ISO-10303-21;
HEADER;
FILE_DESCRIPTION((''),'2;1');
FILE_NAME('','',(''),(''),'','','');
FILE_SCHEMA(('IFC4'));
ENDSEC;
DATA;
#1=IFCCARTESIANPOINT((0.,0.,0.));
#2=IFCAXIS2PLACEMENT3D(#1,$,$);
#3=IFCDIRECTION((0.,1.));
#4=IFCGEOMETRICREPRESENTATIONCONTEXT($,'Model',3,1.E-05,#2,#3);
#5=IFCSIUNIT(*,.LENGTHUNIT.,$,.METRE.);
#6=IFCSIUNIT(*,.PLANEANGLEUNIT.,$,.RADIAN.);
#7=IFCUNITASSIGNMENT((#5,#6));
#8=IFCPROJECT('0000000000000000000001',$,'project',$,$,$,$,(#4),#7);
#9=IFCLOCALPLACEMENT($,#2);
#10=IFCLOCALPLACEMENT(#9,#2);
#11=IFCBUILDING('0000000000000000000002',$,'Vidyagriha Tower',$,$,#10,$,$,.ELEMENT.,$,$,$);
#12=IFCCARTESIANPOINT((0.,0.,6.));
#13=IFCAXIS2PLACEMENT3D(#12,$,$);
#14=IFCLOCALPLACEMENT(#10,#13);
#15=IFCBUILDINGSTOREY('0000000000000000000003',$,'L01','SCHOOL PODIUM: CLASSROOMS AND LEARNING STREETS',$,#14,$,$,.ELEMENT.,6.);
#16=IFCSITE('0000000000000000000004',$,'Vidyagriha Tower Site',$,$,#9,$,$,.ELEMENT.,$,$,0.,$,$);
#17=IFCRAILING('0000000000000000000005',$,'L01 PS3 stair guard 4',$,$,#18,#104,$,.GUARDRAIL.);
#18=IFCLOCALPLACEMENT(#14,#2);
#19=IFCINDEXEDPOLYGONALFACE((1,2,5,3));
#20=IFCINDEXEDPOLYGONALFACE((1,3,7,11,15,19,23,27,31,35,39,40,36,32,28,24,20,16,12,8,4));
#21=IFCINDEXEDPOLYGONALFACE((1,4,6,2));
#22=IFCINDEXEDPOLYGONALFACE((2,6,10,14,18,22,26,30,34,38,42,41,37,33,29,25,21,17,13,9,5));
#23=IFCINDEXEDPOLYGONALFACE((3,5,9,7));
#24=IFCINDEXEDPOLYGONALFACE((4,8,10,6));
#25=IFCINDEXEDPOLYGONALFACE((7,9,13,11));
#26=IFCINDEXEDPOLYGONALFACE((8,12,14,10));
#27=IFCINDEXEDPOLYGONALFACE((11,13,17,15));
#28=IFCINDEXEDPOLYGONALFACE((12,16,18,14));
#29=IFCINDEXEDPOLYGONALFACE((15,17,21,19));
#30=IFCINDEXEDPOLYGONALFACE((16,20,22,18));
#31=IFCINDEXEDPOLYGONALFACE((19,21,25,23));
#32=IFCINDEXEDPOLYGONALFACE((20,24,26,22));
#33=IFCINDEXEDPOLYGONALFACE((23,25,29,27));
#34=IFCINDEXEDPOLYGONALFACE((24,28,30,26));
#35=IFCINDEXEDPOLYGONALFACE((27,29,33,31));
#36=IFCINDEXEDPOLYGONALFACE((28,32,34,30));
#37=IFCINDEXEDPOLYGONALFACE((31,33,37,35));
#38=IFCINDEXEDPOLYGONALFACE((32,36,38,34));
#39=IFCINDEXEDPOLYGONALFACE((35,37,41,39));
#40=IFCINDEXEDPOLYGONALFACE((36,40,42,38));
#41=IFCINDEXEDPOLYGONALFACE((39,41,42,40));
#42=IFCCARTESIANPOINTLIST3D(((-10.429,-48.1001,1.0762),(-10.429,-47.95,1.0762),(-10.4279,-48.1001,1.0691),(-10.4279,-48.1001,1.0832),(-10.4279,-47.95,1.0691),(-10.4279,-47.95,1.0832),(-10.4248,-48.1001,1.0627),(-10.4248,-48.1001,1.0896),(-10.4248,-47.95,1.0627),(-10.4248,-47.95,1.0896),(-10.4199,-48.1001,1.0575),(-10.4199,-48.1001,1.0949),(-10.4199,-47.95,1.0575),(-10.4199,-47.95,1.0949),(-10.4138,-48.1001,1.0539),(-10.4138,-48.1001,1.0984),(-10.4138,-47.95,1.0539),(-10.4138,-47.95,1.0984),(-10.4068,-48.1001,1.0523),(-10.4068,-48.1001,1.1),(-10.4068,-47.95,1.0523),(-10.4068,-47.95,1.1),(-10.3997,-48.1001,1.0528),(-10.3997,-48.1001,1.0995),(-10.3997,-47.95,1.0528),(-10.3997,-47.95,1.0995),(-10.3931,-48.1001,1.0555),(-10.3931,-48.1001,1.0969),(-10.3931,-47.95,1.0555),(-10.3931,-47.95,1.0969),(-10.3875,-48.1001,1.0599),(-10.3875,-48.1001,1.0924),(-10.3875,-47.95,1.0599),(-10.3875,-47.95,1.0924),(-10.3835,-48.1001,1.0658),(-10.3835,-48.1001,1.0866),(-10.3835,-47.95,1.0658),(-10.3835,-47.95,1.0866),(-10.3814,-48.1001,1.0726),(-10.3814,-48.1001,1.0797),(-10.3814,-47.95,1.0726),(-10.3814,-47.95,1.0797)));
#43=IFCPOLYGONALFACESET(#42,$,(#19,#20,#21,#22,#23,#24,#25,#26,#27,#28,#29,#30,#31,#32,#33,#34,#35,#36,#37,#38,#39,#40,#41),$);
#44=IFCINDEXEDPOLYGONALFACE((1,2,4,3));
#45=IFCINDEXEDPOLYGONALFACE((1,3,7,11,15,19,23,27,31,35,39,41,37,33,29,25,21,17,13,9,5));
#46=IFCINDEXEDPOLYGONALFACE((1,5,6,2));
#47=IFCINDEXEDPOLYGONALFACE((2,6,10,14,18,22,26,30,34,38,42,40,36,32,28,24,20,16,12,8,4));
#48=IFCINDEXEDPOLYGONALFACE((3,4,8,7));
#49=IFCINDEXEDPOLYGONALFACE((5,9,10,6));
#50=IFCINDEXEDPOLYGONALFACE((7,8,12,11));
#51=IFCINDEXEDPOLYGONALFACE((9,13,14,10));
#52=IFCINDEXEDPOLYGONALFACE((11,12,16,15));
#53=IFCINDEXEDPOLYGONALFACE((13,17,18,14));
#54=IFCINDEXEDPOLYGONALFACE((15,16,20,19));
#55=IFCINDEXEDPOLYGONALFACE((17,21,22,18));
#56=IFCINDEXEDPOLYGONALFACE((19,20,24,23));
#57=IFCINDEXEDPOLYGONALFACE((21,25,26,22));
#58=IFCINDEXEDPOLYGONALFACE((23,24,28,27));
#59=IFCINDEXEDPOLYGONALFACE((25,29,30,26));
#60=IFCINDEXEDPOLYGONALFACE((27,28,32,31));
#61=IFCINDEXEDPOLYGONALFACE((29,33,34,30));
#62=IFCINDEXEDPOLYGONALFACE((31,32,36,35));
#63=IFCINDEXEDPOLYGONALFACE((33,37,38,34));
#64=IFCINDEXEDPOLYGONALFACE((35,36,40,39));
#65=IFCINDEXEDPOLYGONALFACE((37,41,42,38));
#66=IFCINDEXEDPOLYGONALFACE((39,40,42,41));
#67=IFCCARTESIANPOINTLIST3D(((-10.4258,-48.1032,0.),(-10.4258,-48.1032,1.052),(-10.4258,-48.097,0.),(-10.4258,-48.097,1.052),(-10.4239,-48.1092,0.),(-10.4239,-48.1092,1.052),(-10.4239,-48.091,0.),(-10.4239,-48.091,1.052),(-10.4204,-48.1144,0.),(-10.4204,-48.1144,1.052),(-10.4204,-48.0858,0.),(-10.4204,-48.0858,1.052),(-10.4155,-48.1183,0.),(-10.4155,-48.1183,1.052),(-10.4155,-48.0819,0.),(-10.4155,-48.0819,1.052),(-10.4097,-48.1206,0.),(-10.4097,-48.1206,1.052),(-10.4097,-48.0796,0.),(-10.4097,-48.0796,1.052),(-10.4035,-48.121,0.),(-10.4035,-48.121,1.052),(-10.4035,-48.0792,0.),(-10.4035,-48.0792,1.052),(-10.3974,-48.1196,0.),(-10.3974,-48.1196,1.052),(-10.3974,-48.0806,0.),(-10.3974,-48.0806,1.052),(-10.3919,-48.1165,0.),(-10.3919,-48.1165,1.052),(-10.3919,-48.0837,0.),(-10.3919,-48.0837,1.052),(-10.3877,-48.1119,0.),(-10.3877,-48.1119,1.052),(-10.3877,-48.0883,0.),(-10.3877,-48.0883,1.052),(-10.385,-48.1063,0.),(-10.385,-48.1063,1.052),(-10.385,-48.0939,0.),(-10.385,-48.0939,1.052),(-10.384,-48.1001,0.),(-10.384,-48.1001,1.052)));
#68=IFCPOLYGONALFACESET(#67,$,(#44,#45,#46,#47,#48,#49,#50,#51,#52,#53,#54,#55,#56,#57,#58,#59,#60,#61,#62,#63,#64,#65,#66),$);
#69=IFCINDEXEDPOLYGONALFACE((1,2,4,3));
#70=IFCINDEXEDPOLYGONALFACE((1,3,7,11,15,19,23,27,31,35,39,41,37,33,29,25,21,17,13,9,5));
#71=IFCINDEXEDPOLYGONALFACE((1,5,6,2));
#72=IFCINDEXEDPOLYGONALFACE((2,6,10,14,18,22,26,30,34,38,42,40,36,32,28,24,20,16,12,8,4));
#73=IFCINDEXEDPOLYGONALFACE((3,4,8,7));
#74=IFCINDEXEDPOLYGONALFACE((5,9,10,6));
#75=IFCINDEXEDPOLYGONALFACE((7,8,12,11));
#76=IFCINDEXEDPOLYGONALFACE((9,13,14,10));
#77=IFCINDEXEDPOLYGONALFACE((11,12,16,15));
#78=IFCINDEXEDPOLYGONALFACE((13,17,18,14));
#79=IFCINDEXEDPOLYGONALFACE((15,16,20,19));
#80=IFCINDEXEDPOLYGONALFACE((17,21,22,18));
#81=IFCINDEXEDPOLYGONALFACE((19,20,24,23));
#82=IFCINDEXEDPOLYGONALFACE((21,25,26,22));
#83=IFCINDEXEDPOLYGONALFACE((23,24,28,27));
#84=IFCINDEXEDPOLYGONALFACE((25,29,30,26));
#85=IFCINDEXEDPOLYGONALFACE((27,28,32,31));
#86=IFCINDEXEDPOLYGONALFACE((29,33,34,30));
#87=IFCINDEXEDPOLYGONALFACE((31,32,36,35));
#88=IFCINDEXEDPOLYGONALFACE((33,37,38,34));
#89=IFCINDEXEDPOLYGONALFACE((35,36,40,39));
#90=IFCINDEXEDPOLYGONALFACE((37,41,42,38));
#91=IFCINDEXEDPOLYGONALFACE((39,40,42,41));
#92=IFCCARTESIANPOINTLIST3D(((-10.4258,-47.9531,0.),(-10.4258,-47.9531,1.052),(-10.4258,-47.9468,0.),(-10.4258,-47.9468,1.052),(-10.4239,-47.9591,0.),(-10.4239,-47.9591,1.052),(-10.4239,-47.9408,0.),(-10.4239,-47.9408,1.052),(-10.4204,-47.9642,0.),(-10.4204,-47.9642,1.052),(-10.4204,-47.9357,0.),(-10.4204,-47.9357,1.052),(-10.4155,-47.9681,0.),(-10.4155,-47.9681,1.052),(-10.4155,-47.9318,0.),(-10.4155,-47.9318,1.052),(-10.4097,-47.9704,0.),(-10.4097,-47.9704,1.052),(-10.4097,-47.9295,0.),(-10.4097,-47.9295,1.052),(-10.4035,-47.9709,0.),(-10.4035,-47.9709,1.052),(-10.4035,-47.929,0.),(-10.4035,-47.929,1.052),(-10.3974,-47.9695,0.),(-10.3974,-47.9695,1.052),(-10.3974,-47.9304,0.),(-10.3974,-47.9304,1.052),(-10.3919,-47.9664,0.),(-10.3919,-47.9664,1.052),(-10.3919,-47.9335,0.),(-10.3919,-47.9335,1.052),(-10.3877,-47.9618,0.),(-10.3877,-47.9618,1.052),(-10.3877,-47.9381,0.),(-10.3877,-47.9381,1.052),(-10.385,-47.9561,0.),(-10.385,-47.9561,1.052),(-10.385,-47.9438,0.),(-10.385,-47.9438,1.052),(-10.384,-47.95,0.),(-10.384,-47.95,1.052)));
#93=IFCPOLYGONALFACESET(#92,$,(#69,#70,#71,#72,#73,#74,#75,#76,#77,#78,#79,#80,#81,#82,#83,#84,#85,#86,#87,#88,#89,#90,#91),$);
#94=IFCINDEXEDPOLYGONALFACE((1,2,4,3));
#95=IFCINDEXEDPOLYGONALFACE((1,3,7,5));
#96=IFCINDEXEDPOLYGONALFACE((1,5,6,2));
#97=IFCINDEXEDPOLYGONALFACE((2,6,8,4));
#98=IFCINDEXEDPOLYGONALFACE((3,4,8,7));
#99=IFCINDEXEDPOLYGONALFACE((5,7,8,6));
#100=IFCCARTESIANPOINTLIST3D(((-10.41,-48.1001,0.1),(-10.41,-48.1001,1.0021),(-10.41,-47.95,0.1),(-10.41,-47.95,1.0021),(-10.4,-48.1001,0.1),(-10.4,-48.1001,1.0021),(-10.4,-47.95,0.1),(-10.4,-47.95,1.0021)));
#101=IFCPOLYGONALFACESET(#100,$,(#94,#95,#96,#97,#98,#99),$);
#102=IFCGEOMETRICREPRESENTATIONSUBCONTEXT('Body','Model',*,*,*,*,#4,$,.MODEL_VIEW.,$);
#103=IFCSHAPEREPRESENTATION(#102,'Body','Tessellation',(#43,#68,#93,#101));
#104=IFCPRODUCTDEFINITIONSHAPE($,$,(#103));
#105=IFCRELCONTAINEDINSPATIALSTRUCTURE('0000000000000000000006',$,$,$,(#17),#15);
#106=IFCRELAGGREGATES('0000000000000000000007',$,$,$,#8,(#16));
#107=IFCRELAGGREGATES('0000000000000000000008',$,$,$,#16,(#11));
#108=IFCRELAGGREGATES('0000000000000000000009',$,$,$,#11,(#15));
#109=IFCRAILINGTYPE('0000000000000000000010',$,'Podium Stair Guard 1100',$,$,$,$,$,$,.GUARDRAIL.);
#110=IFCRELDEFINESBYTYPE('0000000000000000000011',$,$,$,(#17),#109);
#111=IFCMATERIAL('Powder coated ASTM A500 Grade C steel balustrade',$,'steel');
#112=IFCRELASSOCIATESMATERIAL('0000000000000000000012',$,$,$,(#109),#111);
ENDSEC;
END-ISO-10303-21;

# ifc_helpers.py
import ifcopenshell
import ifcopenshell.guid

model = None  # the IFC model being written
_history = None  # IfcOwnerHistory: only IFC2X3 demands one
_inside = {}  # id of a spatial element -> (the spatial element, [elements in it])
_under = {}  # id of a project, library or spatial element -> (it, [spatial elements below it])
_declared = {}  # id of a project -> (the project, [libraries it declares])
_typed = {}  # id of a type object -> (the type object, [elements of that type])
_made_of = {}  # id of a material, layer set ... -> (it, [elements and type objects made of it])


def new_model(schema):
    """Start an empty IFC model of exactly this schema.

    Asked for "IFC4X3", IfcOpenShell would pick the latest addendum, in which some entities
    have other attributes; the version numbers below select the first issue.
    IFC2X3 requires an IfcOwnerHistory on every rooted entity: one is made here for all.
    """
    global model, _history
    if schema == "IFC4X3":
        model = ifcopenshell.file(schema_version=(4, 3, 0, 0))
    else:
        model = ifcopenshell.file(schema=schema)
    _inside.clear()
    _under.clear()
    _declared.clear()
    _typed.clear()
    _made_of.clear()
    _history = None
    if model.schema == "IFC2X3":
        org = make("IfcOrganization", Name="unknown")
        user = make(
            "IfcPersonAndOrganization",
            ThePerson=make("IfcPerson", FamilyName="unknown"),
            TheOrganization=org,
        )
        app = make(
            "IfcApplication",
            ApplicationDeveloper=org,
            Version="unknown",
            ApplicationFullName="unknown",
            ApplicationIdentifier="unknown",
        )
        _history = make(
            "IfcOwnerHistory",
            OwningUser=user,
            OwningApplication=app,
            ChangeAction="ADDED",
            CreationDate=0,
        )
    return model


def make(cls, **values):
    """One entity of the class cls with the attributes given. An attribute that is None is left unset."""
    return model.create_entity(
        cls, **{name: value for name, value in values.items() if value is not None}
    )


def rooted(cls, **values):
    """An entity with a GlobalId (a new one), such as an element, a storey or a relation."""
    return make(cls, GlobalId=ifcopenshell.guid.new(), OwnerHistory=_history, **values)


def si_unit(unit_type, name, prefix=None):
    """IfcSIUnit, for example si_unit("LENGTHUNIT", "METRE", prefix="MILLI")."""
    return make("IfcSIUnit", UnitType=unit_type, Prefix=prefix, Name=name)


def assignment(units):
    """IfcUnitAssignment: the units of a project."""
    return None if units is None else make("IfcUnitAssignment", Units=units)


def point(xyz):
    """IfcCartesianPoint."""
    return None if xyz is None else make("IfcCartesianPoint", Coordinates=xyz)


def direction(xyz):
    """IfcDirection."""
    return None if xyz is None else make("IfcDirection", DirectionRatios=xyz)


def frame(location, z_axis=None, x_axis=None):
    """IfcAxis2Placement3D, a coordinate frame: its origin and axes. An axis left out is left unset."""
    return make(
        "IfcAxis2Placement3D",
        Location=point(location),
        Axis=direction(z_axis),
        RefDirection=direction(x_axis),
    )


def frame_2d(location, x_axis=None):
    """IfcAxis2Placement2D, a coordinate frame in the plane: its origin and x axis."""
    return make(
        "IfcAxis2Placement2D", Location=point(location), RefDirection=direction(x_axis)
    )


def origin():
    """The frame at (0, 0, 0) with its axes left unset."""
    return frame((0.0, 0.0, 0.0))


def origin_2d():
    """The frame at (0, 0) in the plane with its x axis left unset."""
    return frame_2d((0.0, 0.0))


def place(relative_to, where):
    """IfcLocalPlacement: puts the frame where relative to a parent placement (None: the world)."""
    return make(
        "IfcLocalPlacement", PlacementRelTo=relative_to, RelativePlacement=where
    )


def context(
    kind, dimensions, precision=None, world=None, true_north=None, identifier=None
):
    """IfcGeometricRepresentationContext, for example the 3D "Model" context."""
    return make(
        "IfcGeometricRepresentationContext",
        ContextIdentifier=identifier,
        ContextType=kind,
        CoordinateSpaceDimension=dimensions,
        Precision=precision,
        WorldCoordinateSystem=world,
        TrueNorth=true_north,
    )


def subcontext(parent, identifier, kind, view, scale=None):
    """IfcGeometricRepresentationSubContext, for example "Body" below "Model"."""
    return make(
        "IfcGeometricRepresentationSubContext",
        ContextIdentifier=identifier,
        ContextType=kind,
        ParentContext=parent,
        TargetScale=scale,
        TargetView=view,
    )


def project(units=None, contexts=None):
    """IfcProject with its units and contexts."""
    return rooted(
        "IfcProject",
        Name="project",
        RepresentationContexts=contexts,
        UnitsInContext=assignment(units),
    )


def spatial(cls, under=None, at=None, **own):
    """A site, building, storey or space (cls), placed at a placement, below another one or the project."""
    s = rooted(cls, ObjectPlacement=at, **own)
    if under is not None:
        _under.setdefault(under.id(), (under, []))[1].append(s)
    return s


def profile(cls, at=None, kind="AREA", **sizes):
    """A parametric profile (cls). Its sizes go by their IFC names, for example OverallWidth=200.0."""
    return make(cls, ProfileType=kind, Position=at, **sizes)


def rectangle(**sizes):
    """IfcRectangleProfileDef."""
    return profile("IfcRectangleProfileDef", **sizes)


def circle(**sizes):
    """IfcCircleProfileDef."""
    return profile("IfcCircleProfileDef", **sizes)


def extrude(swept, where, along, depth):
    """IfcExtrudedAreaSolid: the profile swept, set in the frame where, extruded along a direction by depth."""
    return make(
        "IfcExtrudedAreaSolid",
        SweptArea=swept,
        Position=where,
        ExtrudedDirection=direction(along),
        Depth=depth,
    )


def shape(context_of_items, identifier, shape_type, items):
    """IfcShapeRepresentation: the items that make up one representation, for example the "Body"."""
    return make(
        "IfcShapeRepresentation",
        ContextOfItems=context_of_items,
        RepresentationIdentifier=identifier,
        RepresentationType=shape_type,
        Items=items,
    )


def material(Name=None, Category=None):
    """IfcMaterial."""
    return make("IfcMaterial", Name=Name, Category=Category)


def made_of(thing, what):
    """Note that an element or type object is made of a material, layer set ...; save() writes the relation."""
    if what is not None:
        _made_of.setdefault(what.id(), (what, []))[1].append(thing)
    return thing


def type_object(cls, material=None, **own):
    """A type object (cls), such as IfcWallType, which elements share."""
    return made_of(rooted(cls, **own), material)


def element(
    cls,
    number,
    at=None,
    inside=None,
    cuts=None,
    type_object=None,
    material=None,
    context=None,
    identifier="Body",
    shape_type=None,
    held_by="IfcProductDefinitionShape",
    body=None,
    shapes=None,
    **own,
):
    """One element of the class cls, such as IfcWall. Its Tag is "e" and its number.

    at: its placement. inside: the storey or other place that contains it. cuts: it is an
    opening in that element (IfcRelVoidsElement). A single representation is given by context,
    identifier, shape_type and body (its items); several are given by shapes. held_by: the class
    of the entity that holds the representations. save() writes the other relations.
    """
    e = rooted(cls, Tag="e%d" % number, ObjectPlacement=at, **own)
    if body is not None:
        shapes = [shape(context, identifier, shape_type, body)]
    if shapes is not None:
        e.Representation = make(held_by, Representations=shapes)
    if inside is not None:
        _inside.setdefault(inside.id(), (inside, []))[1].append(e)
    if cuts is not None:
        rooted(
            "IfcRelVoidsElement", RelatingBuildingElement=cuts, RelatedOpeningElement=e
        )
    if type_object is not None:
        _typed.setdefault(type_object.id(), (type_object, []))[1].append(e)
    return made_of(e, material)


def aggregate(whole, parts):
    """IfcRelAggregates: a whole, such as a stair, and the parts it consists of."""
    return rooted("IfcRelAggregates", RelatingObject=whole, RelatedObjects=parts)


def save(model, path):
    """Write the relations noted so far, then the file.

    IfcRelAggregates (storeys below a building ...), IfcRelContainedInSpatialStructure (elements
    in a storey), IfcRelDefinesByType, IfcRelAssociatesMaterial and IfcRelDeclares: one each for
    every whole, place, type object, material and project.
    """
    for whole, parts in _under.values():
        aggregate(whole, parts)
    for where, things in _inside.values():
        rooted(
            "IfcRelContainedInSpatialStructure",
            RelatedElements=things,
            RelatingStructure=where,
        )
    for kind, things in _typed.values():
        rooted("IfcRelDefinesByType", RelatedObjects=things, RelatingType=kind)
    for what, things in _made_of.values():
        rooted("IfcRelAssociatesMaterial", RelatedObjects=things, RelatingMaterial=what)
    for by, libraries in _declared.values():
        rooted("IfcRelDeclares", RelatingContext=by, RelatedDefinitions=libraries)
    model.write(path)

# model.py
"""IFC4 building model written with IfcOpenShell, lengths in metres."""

from ifc_helpers import new_model, si_unit, direction, frame, origin, origin_2d, place, context, subcontext, project, spatial, rectangle, circle, extrude, material, type_object, element, save


model = new_model("IFC4")

# Units and contexts
model_context = context("Model", 3, precision=1e-05, world=origin(), true_north=direction((0.0, 1.0)))
body_context = subcontext(model_context, "Body", "Model", "MODEL_VIEW")
ifc_project = project(units=[si_unit("LENGTHUNIT", "METRE"), si_unit("PLANEANGLEUNIT", "RADIAN")], contexts=[model_context])

# Site, building, storey
site_placement = place(None, origin())
site = spatial("IfcSite", under=ifc_project, at=site_placement, Name="Vidyagriha Tower Site", CompositionType="ELEMENT", RefElevation=0.0)
building_placement = place(site_placement, origin())
building = spatial("IfcBuilding", under=site, at=building_placement, Name="Vidyagriha Tower", CompositionType="ELEMENT")
storey_placement = place(building_placement, frame((0.0, 0.0, 6.0)))
storey = spatial("IfcBuildingStorey", under=building, at=storey_placement, Name="L01", Description="SCHOOL PODIUM: CLASSROOMS AND LEARNING STREETS", CompositionType="ELEMENT", Elevation=6.0)

# Railing
ifc_material_1 = material(Name="Powder coated ASTM A500 Grade C steel balustrade", Category="steel")
railing_type_1 = type_object("IfcRailingType", Name="Podium Stair Guard 1100", PredefinedType="GUARDRAIL", material=ifc_material_1)
railing_1_placement = place(storey_placement, frame((-10.405, -48.1001, 0.0)))
element("IfcRailing", 1, at=railing_1_placement, inside=storey, type_object=railing_type_1, Name="L01 PS3 stair guard 4", PredefinedType="GUARDRAIL", context=body_context, shape_type="SweptSolid", body=[
    extrude(circle(Radius=0.0239, at=origin_2d()), frame((0.0, 0.0, 1.0762), z_axis=(0.0, 1.0, 0.0), x_axis=(-1.0, 0.0, 0.0)), (0.0, 0.0, 1.0), 0.1501),
    extrude(circle(Radius=0.021, at=origin_2d()), origin(), (0.0, 0.0, 1.0), 1.052),
    extrude(circle(Radius=0.021, at=origin_2d()), frame((0.0, 0.1501, 0.0)), (0.0, 0.0, 1.0), 1.052),
    extrude(rectangle(XDim=0.01, YDim=0.9021, at=origin_2d()), frame((0.0, 0.0, 0.551), z_axis=(0.0, 1.0, 0.0), x_axis=(-1.0, 0.0, 0.0)), (0.0, 0.0, 1.0), 0.1501),
])

save(model, "model.ifc")
